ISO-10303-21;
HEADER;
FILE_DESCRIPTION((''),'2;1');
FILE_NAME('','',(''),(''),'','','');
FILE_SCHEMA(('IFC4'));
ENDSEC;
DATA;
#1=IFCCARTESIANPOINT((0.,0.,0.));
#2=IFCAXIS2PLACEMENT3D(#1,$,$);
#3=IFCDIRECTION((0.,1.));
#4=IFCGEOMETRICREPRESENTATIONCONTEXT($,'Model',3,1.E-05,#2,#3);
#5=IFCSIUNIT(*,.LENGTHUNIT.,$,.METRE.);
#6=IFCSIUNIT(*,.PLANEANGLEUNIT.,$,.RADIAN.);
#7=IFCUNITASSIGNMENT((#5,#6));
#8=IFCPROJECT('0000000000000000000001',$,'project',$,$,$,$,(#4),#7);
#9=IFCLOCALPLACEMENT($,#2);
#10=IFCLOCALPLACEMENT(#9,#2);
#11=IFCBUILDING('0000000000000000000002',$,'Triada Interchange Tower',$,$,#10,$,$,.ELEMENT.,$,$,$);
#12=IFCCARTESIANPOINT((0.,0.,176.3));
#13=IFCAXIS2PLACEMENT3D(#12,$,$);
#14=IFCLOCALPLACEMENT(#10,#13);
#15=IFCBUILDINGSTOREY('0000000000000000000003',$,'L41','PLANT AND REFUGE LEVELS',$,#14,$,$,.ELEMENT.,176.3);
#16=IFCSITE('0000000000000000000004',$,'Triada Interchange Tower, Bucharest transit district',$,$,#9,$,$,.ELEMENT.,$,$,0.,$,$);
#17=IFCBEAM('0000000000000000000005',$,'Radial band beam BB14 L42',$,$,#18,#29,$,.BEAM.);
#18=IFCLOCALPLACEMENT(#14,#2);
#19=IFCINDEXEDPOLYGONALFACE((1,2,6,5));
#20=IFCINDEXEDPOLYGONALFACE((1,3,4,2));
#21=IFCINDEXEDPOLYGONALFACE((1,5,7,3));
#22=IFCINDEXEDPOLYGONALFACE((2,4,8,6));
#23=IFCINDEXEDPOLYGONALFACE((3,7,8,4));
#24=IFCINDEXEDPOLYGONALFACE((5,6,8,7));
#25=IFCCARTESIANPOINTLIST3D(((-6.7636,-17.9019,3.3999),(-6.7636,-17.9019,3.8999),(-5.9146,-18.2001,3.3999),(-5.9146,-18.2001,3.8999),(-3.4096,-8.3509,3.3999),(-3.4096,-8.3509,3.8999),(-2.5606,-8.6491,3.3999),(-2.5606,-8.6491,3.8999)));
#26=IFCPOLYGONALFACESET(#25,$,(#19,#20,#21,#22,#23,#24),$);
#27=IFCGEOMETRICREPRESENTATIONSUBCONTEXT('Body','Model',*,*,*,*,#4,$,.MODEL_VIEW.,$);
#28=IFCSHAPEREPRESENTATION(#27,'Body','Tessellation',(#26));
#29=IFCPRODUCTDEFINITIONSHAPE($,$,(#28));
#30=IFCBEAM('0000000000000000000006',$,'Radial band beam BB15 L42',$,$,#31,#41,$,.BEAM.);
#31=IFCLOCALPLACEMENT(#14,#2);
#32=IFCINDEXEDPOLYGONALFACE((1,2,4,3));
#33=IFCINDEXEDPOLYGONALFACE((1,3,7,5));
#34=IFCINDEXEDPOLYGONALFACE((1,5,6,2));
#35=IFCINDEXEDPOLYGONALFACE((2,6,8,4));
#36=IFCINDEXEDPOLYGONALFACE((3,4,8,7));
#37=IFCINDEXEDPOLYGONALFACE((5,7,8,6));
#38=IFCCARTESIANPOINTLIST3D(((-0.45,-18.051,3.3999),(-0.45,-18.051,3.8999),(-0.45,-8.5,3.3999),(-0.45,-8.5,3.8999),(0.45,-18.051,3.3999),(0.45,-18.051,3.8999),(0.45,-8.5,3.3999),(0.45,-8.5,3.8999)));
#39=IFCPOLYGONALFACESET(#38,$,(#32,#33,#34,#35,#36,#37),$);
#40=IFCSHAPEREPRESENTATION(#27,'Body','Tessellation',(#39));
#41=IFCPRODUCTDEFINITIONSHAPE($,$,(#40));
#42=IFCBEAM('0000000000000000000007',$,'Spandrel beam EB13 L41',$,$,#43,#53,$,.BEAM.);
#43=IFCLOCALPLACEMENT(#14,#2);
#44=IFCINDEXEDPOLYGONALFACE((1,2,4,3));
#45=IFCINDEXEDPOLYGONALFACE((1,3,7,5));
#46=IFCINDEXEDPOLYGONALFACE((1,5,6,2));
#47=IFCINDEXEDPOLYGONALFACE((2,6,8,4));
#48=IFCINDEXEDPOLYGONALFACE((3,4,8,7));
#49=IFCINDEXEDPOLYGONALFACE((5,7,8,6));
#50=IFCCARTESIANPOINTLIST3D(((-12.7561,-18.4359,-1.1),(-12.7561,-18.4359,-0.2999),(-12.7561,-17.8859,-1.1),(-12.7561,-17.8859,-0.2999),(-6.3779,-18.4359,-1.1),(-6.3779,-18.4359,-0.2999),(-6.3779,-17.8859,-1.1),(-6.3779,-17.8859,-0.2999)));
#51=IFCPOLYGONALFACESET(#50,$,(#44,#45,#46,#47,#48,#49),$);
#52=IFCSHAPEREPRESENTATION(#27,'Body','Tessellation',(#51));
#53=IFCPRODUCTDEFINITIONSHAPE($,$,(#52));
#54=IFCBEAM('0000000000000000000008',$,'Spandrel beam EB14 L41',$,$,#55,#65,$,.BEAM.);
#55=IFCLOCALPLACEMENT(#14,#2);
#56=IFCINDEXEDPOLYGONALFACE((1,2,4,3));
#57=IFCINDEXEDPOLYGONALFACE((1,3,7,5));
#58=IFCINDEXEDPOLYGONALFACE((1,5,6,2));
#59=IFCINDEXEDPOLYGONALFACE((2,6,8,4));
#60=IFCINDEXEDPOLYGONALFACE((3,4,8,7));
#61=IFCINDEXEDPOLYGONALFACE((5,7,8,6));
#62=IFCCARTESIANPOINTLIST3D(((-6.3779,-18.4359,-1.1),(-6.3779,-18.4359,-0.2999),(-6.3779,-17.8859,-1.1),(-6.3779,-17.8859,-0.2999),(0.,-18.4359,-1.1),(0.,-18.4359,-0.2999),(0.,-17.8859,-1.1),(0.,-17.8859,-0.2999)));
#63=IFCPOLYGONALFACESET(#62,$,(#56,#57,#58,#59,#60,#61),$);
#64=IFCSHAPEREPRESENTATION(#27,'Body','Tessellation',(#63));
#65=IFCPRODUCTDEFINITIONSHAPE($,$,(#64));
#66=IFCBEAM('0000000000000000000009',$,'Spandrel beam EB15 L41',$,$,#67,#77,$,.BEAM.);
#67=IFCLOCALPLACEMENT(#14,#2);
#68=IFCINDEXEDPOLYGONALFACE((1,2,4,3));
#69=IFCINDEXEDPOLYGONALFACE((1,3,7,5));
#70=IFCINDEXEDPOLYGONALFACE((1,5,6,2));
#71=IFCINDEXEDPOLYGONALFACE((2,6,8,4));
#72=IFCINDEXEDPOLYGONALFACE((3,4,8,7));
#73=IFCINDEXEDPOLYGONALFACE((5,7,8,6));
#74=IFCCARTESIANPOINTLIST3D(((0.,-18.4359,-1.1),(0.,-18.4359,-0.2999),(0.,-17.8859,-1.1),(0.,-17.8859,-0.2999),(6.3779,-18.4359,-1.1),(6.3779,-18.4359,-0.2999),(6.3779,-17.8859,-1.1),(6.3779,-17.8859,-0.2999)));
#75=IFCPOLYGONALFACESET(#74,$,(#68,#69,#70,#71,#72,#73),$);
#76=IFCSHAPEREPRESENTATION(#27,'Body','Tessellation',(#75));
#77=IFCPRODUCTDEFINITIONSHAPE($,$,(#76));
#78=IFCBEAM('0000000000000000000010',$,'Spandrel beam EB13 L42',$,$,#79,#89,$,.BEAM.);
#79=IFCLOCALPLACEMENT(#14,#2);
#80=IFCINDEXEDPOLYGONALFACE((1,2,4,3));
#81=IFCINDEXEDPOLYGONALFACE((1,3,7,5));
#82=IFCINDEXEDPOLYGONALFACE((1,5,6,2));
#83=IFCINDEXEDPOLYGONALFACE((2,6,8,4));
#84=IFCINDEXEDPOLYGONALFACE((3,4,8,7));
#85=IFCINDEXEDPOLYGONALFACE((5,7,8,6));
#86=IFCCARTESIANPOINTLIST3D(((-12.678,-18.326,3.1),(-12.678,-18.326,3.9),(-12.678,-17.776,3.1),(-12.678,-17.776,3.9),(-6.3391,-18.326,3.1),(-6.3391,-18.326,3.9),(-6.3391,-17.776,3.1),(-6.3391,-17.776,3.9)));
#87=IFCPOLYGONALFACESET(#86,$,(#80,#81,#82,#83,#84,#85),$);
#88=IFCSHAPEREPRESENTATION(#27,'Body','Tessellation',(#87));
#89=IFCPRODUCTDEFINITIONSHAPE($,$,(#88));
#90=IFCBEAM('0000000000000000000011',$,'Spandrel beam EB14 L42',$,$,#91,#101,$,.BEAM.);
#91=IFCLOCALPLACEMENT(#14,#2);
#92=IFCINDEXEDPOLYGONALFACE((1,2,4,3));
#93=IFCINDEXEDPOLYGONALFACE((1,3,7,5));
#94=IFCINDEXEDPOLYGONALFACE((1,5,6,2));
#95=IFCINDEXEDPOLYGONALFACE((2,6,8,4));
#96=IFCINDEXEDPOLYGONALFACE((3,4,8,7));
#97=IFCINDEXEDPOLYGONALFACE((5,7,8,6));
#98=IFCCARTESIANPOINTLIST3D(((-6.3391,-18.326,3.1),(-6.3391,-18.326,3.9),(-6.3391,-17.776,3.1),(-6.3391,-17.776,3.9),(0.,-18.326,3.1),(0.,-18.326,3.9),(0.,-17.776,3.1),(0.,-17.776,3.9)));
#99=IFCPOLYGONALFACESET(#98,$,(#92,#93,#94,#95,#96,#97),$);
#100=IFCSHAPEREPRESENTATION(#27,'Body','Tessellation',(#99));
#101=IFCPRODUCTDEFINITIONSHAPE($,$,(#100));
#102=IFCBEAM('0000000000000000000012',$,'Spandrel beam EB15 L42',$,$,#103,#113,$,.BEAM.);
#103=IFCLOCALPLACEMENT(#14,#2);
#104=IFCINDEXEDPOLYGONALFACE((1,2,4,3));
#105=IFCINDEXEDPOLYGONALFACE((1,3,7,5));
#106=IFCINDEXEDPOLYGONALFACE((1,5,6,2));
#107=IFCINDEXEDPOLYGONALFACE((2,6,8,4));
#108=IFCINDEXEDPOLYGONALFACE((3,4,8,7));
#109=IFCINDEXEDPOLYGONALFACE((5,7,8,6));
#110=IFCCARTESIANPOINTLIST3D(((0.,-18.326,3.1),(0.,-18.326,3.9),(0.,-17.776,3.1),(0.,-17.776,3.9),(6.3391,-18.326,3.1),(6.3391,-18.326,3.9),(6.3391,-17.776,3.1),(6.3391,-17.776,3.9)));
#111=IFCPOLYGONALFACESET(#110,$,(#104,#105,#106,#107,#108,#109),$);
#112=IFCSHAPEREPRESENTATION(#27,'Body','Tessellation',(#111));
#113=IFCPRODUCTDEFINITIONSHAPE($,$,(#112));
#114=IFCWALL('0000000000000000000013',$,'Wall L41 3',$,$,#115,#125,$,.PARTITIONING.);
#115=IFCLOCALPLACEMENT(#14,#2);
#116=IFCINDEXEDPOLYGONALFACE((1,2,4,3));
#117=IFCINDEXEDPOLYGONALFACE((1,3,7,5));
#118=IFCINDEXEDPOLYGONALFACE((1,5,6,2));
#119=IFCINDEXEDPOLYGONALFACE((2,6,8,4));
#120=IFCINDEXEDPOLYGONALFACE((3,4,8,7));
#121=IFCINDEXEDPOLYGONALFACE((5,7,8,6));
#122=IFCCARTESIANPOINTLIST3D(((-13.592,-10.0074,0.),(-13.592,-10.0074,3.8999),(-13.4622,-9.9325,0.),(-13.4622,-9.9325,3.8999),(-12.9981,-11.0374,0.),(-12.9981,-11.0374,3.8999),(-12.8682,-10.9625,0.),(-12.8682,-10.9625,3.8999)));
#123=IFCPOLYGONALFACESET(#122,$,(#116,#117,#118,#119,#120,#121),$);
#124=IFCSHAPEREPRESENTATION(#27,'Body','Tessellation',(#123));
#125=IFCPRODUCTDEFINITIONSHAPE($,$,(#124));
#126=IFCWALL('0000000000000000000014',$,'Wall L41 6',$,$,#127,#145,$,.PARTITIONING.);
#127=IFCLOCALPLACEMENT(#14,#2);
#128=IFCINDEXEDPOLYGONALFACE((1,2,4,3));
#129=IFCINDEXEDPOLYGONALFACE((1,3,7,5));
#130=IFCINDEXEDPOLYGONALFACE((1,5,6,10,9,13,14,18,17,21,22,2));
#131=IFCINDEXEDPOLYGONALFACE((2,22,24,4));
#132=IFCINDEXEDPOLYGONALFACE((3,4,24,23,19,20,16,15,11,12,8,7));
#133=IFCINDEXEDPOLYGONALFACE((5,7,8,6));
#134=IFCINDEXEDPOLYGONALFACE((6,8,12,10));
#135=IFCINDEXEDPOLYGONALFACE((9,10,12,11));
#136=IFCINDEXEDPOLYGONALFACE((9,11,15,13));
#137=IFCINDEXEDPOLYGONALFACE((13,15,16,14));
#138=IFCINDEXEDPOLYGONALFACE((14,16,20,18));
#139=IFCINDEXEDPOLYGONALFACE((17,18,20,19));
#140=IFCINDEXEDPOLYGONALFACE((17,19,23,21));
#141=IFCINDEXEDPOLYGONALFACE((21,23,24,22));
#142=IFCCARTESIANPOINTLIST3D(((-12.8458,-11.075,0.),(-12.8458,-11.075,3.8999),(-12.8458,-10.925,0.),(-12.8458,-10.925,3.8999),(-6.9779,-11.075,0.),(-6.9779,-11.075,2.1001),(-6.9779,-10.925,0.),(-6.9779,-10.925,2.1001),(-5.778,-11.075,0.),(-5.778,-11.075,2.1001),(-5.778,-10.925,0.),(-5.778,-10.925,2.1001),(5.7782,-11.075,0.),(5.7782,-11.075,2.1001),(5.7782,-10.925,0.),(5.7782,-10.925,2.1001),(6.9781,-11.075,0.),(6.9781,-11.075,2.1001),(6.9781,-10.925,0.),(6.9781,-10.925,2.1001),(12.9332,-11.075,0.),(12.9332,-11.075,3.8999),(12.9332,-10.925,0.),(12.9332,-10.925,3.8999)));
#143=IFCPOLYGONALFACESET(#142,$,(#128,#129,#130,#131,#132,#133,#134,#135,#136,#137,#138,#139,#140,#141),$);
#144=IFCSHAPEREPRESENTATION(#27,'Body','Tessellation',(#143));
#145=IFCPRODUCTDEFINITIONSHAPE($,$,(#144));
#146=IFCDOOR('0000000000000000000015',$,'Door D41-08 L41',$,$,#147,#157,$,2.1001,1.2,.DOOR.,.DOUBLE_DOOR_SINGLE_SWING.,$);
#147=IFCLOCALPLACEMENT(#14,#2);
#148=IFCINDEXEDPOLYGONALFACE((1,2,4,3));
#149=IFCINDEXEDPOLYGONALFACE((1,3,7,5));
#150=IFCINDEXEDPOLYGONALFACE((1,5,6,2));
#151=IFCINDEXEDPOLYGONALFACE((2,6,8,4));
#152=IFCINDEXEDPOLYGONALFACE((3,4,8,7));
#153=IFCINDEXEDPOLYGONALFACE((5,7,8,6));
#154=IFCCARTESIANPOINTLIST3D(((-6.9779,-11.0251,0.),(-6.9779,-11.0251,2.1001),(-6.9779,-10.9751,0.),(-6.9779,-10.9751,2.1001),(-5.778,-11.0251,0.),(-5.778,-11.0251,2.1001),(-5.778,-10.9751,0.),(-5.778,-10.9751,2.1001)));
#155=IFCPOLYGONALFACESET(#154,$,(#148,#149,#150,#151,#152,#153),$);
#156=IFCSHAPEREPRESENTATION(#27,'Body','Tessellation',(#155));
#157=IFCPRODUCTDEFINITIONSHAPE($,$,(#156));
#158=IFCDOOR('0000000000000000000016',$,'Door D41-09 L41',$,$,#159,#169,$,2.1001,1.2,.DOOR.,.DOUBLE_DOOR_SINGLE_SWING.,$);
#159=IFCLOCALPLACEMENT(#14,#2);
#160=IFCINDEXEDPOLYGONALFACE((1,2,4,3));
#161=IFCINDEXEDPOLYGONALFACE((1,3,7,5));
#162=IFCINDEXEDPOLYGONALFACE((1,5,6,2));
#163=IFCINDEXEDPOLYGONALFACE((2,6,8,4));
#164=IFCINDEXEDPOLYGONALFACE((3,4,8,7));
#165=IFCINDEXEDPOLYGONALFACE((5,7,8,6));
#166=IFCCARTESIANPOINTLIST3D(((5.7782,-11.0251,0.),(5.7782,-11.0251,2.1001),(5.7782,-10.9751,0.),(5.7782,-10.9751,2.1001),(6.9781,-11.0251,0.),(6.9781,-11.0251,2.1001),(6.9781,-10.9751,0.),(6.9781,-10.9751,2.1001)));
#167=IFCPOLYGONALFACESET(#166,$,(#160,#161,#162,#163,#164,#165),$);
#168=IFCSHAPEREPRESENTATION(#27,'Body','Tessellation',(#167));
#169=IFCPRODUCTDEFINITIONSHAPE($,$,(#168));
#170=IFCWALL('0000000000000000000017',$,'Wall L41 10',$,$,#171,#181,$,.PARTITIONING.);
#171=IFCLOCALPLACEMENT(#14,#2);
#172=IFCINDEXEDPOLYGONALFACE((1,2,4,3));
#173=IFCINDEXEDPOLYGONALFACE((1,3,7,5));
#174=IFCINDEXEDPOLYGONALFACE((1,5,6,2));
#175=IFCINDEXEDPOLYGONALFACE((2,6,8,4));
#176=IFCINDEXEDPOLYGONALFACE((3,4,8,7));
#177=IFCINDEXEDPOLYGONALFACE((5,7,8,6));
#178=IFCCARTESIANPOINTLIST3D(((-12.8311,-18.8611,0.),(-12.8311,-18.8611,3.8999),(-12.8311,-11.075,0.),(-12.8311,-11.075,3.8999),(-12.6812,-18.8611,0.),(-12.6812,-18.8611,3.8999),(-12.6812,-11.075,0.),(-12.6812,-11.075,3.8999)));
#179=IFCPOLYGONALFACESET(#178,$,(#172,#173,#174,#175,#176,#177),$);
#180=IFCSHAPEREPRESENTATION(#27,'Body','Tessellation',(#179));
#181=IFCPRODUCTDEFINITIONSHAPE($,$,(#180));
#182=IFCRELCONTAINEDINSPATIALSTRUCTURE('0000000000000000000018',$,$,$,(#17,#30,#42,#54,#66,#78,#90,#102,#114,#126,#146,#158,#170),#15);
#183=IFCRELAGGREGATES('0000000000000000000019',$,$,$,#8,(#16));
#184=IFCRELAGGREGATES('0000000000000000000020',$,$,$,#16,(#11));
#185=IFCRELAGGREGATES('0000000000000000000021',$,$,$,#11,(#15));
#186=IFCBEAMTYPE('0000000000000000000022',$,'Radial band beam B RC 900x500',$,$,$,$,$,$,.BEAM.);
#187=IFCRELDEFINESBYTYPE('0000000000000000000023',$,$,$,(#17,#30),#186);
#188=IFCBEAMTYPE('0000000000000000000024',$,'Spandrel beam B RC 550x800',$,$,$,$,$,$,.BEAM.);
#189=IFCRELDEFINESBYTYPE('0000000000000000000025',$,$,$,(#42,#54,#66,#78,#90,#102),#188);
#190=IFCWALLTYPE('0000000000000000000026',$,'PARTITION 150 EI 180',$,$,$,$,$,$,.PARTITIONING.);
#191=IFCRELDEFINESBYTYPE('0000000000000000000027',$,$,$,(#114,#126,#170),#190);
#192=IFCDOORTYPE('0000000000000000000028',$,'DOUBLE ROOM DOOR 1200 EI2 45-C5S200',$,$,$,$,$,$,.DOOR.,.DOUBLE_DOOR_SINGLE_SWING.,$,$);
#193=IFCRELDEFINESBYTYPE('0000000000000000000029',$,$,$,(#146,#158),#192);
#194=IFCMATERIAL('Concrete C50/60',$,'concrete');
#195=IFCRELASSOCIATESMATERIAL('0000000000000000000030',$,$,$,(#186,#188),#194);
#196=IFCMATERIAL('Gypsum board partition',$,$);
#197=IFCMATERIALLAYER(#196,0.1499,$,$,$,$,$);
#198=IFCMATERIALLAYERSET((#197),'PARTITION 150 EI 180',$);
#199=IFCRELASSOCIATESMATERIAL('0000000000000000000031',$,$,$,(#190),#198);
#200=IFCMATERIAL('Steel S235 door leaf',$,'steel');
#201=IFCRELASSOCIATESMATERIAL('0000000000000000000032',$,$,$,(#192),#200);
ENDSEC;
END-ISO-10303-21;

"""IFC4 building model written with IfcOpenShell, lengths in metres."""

from ifc_helpers import new_model, si_unit, direction, frame, frame_2d, origin, origin_2d, place, context, subcontext, project, spatial, rectangle, extrude, material, layer, layer_set, material_profile, profile_set, type_object, element, fill, save


model = new_model("IFC4")

# Units and contexts
model_context = context("Model", 3, precision=1e-05, world=origin(), true_north=direction((0.0, 1.0)))
body_context = subcontext(model_context, "Body", "Model", "MODEL_VIEW")
ifc_project = project(units=[si_unit("LENGTHUNIT", "METRE"), si_unit("PLANEANGLEUNIT", "RADIAN")], contexts=[model_context])

# Site, building, storey
site_placement = place(None, origin())
site = spatial("IfcSite", under=ifc_project, at=site_placement, Name="Triada Interchange Tower, Bucharest transit district", CompositionType="ELEMENT", RefElevation=0.0)
building_placement = place(site_placement, origin())
building = spatial("IfcBuilding", under=site, at=building_placement, Name="Triada Interchange Tower", CompositionType="ELEMENT")
storey_placement = place(building_placement, frame((0.0, 0.0, 176.3)))
storey = spatial("IfcBuildingStorey", under=building, at=storey_placement, Name="L41", Description="PLANT AND REFUGE LEVELS", CompositionType="ELEMENT", Elevation=176.3)

# Beams
ifc_material_1 = material(Name="Concrete C50/60", Category="concrete")
ifc_material_profile_1 = material_profile(ifc_material_1, rectangle(XDim=0.8999, YDim=0.5, at=origin_2d()), Name="RC 900x500")
ifc_profile_set_1 = profile_set([ifc_material_profile_1], Name="Concrete C50/60")
beam_type_1 = type_object("IfcBeamType", Name="Radial band beam B RC 900x500", PredefinedType="BEAM", material=ifc_profile_set_1)
beam_1_placement = place(storey_placement, frame((-6.3391, -18.051, 3.6499), z_axis=(0.331331, 0.943515, 0.0), x_axis=(-0.943515, 0.331331, 0.0)))
element("IfcBeam", 1, at=beam_1_placement, inside=storey, type_object=beam_type_1, Name="Radial band beam BB14 L42", PredefinedType="BEAM", context=body_context, shape_type="SweptSolid", body=[
    extrude(rectangle(XDim=0.8999, YDim=0.5, at=origin_2d()), origin(), (0.0, 0.0, 1.0), 10.1228),
])
beam_2_placement = place(storey_placement, frame((0.0, -18.051, 3.6499), z_axis=(0.0, 1.0, 0.0), x_axis=(-1.0, 0.0, 0.0)))
element("IfcBeam", 2, at=beam_2_placement, inside=storey, type_object=beam_type_1, Name="Radial band beam BB15 L42", PredefinedType="BEAM", context=body_context, shape_type="SweptSolid", body=[
    extrude(rectangle(XDim=0.8999, YDim=0.5, at=origin_2d()), origin(), (0.0, 0.0, 1.0), 9.551),
])
ifc_material_profile_2 = material_profile(ifc_material_1, rectangle(XDim=0.55, YDim=0.8, at=origin_2d()), Name="RC 550x800")
ifc_profile_set_2 = profile_set([ifc_material_profile_2], Name="Concrete C50/60")
beam_type_2 = type_object("IfcBeamType", Name="Spandrel beam B RC 550x800", PredefinedType="BEAM", material=ifc_profile_set_2)
beam_3_placement = place(storey_placement, frame((-12.7561, -18.1609, -0.7), z_axis=(1.0, 0.0, 0.0), x_axis=(0.0, 1.0, 0.0)))
element("IfcBeam", 3, at=beam_3_placement, inside=storey, type_object=beam_type_2, Name="Spandrel beam EB13 L41", PredefinedType="BEAM", context=body_context, shape_type="SweptSolid", body=[
    extrude(rectangle(XDim=0.55, YDim=0.8, at=origin_2d()), origin(), (0.0, 0.0, 1.0), 6.3782),
])
for number, where, z_axis, x_axis, name in (
    (4, (-6.3779, -18.1609, -0.7), (1.0, 0.0, 0.0), (0.0, 1.0, 0.0), "Spandrel beam EB14 L41"),
    (5, (0.0, -18.1609, -0.7), (1.0, 0.0, 0.0), (0.0, 1.0, 0.0), "Spandrel beam EB15 L41"),
):
    element("IfcBeam", number, at=place(storey_placement, frame(where, z_axis=z_axis, x_axis=x_axis)), inside=storey, type_object=beam_type_2, Name=name, PredefinedType="BEAM", context=body_context, shape_type="SweptSolid", body=[
        extrude(rectangle(XDim=0.55, YDim=0.8, at=origin_2d()), origin(), (0.0, 0.0, 1.0), 6.3779),
    ])
beam_4_placement = place(storey_placement, frame((-12.678, -18.051, 3.5), z_axis=(1.0, 0.0, 0.0), x_axis=(0.0, 1.0, 0.0)))
element("IfcBeam", 6, at=beam_4_placement, inside=storey, type_object=beam_type_2, Name="Spandrel beam EB13 L42", PredefinedType="BEAM", context=body_context, shape_type="SweptSolid", body=[
    extrude(rectangle(XDim=0.55, YDim=0.8, at=origin_2d()), origin(), (0.0, 0.0, 1.0), 6.3389),
])
for number, where, z_axis, x_axis, name in (
    (7, (-6.3391, -18.051, 3.5), (1.0, 0.0, 0.0), (0.0, 1.0, 0.0), "Spandrel beam EB14 L42"),
    (8, (0.0, -18.051, 3.5), (1.0, 0.0, 0.0), (0.0, 1.0, 0.0), "Spandrel beam EB15 L42"),
):
    element("IfcBeam", number, at=place(storey_placement, frame(where, z_axis=z_axis, x_axis=x_axis)), inside=storey, type_object=beam_type_2, Name=name, PredefinedType="BEAM", context=body_context, shape_type="SweptSolid", body=[
        extrude(rectangle(XDim=0.55, YDim=0.8, at=origin_2d()), origin(), (0.0, 0.0, 1.0), 6.3391),
    ])

# Wall
ifc_material_2 = material(Name="Gypsum board partition")
ifc_layer_1 = layer(ifc_material_2, 0.1499)
ifc_layer_set_1 = layer_set([ifc_layer_1], Name="PARTITION 150 EI 180")
wall_type = type_object("IfcWallType", Name="PARTITION 150 EI 180", PredefinedType="PARTITIONING", material=ifc_layer_set_1)
wall_1_placement = place(storey_placement, frame((-13.5271, -9.97, 0.0), z_axis=(0.0, 0.0, 1.0), x_axis=(0.499562, -0.866278, 0.0)))
element("IfcWall", 9, at=wall_1_placement, inside=storey, type_object=wall_type, Name="Wall L41 3", PredefinedType="PARTITIONING", context=body_context, shape_type="SweptSolid", body=[
    extrude(rectangle(XDim=1.189, YDim=0.1499, at=frame_2d((0.5945, 0.0))), origin(), (0.0, 0.0, 1.0), 3.8999),
])

# Wall, openings, doors
wall_2_placement = place(storey_placement, frame((-12.8459, -11.0, 0.0), z_axis=(0.0, 0.0, 1.0), x_axis=(1.0, 0.0, 0.0)))
wall_2 = element("IfcWall", 10, at=wall_2_placement, inside=storey, type_object=wall_type, Name="Wall L41 6", PredefinedType="PARTITIONING", context=body_context, shape_type="SweptSolid", body=[
    extrude(rectangle(XDim=25.7791, YDim=0.1499, at=frame_2d((12.8896, 0.0))), origin(), (0.0, 0.0, 1.0), 3.8999),
])
opening_1_placement = place(wall_2_placement, frame((5.8679, 0.0, 0.0)))
opening_1 = element("IfcOpeningElement", 11, at=opening_1_placement, cuts=wall_2, PredefinedType="OPENING", context=body_context, shape_type="SweptSolid", body=[
    extrude(rectangle(XDim=1.2, YDim=2.1001, at=frame_2d((0.6001, 1.05))), frame((0.0, 0.085, 0.0), z_axis=(0.0, -1.0, 0.0), x_axis=(1.0, 0.0, 0.0)), (0.0, 0.0, 1.0), 0.1699),
])
opening_2_placement = place(wall_2_placement, frame((18.624, 0.0, 0.0)))
opening_2 = element("IfcOpeningElement", 12, at=opening_2_placement, cuts=wall_2, PredefinedType="OPENING", context=body_context, shape_type="SweptSolid", body=[
    extrude(rectangle(XDim=1.2, YDim=2.1001, at=frame_2d((0.6001, 1.05))), frame((0.0, 0.085, 0.0), z_axis=(0.0, -1.0, 0.0), x_axis=(1.0, 0.0, 0.0)), (0.0, 0.0, 1.0), 0.1699),
])
ifc_material_3 = material(Name="Steel S235 door leaf", Category="steel")
door_type = type_object("IfcDoorType", Name="DOUBLE ROOM DOOR 1200 EI2 45-C5S200", OperationType="DOUBLE_DOOR_SINGLE_SWING", PredefinedType="DOOR", material=ifc_material_3)
door_1_placement = place(opening_1_placement, origin())
door_1 = element("IfcDoor", 13, at=door_1_placement, inside=storey, type_object=door_type, Name="Door D41-08 L41", OperationType="DOUBLE_DOOR_SINGLE_SWING", OverallHeight=2.1001, OverallWidth=1.2, PredefinedType="DOOR", context=body_context, shape_type="SweptSolid", body=[
    extrude(rectangle(XDim=1.2, YDim=2.1001, at=frame_2d((0.6001, 1.05))), frame((0.0, 0.0249, 0.0), z_axis=(0.0, -1.0, 0.0), x_axis=(1.0, 0.0, 0.0)), (0.0, 0.0, 1.0), 0.05),
])
fill(opening_1, door_1)
door_2_placement = place(opening_2_placement, origin())
door_2 = element("IfcDoor", 14, at=door_2_placement, inside=storey, type_object=door_type, Name="Door D41-09 L41", OperationType="DOUBLE_DOOR_SINGLE_SWING", OverallHeight=2.1001, OverallWidth=1.2, PredefinedType="DOOR", context=body_context, shape_type="SweptSolid", body=[
    extrude(rectangle(XDim=1.2, YDim=2.1001, at=frame_2d((0.6001, 1.05))), frame((0.0, 0.0249, 0.0), z_axis=(0.0, -1.0, 0.0), x_axis=(1.0, 0.0, 0.0)), (0.0, 0.0, 1.0), 0.05),
])
fill(opening_2, door_2)

# Wall
wall_3_placement = place(storey_placement, frame((-12.7561, -18.8611, 0.0), z_axis=(0.0, 0.0, 1.0), x_axis=(0.0, 1.0, 0.0)))
element("IfcWall", 15, at=wall_3_placement, inside=storey, type_object=wall_type, Name="Wall L41 10", PredefinedType="PARTITIONING", context=body_context, shape_type="SweptSolid", body=[
    extrude(rectangle(XDim=7.7861, YDim=0.1499, at=frame_2d((3.8931, 0.0))), origin(), (0.0, 0.0, 1.0), 3.8999),
])

save(model, "model.ifc")
